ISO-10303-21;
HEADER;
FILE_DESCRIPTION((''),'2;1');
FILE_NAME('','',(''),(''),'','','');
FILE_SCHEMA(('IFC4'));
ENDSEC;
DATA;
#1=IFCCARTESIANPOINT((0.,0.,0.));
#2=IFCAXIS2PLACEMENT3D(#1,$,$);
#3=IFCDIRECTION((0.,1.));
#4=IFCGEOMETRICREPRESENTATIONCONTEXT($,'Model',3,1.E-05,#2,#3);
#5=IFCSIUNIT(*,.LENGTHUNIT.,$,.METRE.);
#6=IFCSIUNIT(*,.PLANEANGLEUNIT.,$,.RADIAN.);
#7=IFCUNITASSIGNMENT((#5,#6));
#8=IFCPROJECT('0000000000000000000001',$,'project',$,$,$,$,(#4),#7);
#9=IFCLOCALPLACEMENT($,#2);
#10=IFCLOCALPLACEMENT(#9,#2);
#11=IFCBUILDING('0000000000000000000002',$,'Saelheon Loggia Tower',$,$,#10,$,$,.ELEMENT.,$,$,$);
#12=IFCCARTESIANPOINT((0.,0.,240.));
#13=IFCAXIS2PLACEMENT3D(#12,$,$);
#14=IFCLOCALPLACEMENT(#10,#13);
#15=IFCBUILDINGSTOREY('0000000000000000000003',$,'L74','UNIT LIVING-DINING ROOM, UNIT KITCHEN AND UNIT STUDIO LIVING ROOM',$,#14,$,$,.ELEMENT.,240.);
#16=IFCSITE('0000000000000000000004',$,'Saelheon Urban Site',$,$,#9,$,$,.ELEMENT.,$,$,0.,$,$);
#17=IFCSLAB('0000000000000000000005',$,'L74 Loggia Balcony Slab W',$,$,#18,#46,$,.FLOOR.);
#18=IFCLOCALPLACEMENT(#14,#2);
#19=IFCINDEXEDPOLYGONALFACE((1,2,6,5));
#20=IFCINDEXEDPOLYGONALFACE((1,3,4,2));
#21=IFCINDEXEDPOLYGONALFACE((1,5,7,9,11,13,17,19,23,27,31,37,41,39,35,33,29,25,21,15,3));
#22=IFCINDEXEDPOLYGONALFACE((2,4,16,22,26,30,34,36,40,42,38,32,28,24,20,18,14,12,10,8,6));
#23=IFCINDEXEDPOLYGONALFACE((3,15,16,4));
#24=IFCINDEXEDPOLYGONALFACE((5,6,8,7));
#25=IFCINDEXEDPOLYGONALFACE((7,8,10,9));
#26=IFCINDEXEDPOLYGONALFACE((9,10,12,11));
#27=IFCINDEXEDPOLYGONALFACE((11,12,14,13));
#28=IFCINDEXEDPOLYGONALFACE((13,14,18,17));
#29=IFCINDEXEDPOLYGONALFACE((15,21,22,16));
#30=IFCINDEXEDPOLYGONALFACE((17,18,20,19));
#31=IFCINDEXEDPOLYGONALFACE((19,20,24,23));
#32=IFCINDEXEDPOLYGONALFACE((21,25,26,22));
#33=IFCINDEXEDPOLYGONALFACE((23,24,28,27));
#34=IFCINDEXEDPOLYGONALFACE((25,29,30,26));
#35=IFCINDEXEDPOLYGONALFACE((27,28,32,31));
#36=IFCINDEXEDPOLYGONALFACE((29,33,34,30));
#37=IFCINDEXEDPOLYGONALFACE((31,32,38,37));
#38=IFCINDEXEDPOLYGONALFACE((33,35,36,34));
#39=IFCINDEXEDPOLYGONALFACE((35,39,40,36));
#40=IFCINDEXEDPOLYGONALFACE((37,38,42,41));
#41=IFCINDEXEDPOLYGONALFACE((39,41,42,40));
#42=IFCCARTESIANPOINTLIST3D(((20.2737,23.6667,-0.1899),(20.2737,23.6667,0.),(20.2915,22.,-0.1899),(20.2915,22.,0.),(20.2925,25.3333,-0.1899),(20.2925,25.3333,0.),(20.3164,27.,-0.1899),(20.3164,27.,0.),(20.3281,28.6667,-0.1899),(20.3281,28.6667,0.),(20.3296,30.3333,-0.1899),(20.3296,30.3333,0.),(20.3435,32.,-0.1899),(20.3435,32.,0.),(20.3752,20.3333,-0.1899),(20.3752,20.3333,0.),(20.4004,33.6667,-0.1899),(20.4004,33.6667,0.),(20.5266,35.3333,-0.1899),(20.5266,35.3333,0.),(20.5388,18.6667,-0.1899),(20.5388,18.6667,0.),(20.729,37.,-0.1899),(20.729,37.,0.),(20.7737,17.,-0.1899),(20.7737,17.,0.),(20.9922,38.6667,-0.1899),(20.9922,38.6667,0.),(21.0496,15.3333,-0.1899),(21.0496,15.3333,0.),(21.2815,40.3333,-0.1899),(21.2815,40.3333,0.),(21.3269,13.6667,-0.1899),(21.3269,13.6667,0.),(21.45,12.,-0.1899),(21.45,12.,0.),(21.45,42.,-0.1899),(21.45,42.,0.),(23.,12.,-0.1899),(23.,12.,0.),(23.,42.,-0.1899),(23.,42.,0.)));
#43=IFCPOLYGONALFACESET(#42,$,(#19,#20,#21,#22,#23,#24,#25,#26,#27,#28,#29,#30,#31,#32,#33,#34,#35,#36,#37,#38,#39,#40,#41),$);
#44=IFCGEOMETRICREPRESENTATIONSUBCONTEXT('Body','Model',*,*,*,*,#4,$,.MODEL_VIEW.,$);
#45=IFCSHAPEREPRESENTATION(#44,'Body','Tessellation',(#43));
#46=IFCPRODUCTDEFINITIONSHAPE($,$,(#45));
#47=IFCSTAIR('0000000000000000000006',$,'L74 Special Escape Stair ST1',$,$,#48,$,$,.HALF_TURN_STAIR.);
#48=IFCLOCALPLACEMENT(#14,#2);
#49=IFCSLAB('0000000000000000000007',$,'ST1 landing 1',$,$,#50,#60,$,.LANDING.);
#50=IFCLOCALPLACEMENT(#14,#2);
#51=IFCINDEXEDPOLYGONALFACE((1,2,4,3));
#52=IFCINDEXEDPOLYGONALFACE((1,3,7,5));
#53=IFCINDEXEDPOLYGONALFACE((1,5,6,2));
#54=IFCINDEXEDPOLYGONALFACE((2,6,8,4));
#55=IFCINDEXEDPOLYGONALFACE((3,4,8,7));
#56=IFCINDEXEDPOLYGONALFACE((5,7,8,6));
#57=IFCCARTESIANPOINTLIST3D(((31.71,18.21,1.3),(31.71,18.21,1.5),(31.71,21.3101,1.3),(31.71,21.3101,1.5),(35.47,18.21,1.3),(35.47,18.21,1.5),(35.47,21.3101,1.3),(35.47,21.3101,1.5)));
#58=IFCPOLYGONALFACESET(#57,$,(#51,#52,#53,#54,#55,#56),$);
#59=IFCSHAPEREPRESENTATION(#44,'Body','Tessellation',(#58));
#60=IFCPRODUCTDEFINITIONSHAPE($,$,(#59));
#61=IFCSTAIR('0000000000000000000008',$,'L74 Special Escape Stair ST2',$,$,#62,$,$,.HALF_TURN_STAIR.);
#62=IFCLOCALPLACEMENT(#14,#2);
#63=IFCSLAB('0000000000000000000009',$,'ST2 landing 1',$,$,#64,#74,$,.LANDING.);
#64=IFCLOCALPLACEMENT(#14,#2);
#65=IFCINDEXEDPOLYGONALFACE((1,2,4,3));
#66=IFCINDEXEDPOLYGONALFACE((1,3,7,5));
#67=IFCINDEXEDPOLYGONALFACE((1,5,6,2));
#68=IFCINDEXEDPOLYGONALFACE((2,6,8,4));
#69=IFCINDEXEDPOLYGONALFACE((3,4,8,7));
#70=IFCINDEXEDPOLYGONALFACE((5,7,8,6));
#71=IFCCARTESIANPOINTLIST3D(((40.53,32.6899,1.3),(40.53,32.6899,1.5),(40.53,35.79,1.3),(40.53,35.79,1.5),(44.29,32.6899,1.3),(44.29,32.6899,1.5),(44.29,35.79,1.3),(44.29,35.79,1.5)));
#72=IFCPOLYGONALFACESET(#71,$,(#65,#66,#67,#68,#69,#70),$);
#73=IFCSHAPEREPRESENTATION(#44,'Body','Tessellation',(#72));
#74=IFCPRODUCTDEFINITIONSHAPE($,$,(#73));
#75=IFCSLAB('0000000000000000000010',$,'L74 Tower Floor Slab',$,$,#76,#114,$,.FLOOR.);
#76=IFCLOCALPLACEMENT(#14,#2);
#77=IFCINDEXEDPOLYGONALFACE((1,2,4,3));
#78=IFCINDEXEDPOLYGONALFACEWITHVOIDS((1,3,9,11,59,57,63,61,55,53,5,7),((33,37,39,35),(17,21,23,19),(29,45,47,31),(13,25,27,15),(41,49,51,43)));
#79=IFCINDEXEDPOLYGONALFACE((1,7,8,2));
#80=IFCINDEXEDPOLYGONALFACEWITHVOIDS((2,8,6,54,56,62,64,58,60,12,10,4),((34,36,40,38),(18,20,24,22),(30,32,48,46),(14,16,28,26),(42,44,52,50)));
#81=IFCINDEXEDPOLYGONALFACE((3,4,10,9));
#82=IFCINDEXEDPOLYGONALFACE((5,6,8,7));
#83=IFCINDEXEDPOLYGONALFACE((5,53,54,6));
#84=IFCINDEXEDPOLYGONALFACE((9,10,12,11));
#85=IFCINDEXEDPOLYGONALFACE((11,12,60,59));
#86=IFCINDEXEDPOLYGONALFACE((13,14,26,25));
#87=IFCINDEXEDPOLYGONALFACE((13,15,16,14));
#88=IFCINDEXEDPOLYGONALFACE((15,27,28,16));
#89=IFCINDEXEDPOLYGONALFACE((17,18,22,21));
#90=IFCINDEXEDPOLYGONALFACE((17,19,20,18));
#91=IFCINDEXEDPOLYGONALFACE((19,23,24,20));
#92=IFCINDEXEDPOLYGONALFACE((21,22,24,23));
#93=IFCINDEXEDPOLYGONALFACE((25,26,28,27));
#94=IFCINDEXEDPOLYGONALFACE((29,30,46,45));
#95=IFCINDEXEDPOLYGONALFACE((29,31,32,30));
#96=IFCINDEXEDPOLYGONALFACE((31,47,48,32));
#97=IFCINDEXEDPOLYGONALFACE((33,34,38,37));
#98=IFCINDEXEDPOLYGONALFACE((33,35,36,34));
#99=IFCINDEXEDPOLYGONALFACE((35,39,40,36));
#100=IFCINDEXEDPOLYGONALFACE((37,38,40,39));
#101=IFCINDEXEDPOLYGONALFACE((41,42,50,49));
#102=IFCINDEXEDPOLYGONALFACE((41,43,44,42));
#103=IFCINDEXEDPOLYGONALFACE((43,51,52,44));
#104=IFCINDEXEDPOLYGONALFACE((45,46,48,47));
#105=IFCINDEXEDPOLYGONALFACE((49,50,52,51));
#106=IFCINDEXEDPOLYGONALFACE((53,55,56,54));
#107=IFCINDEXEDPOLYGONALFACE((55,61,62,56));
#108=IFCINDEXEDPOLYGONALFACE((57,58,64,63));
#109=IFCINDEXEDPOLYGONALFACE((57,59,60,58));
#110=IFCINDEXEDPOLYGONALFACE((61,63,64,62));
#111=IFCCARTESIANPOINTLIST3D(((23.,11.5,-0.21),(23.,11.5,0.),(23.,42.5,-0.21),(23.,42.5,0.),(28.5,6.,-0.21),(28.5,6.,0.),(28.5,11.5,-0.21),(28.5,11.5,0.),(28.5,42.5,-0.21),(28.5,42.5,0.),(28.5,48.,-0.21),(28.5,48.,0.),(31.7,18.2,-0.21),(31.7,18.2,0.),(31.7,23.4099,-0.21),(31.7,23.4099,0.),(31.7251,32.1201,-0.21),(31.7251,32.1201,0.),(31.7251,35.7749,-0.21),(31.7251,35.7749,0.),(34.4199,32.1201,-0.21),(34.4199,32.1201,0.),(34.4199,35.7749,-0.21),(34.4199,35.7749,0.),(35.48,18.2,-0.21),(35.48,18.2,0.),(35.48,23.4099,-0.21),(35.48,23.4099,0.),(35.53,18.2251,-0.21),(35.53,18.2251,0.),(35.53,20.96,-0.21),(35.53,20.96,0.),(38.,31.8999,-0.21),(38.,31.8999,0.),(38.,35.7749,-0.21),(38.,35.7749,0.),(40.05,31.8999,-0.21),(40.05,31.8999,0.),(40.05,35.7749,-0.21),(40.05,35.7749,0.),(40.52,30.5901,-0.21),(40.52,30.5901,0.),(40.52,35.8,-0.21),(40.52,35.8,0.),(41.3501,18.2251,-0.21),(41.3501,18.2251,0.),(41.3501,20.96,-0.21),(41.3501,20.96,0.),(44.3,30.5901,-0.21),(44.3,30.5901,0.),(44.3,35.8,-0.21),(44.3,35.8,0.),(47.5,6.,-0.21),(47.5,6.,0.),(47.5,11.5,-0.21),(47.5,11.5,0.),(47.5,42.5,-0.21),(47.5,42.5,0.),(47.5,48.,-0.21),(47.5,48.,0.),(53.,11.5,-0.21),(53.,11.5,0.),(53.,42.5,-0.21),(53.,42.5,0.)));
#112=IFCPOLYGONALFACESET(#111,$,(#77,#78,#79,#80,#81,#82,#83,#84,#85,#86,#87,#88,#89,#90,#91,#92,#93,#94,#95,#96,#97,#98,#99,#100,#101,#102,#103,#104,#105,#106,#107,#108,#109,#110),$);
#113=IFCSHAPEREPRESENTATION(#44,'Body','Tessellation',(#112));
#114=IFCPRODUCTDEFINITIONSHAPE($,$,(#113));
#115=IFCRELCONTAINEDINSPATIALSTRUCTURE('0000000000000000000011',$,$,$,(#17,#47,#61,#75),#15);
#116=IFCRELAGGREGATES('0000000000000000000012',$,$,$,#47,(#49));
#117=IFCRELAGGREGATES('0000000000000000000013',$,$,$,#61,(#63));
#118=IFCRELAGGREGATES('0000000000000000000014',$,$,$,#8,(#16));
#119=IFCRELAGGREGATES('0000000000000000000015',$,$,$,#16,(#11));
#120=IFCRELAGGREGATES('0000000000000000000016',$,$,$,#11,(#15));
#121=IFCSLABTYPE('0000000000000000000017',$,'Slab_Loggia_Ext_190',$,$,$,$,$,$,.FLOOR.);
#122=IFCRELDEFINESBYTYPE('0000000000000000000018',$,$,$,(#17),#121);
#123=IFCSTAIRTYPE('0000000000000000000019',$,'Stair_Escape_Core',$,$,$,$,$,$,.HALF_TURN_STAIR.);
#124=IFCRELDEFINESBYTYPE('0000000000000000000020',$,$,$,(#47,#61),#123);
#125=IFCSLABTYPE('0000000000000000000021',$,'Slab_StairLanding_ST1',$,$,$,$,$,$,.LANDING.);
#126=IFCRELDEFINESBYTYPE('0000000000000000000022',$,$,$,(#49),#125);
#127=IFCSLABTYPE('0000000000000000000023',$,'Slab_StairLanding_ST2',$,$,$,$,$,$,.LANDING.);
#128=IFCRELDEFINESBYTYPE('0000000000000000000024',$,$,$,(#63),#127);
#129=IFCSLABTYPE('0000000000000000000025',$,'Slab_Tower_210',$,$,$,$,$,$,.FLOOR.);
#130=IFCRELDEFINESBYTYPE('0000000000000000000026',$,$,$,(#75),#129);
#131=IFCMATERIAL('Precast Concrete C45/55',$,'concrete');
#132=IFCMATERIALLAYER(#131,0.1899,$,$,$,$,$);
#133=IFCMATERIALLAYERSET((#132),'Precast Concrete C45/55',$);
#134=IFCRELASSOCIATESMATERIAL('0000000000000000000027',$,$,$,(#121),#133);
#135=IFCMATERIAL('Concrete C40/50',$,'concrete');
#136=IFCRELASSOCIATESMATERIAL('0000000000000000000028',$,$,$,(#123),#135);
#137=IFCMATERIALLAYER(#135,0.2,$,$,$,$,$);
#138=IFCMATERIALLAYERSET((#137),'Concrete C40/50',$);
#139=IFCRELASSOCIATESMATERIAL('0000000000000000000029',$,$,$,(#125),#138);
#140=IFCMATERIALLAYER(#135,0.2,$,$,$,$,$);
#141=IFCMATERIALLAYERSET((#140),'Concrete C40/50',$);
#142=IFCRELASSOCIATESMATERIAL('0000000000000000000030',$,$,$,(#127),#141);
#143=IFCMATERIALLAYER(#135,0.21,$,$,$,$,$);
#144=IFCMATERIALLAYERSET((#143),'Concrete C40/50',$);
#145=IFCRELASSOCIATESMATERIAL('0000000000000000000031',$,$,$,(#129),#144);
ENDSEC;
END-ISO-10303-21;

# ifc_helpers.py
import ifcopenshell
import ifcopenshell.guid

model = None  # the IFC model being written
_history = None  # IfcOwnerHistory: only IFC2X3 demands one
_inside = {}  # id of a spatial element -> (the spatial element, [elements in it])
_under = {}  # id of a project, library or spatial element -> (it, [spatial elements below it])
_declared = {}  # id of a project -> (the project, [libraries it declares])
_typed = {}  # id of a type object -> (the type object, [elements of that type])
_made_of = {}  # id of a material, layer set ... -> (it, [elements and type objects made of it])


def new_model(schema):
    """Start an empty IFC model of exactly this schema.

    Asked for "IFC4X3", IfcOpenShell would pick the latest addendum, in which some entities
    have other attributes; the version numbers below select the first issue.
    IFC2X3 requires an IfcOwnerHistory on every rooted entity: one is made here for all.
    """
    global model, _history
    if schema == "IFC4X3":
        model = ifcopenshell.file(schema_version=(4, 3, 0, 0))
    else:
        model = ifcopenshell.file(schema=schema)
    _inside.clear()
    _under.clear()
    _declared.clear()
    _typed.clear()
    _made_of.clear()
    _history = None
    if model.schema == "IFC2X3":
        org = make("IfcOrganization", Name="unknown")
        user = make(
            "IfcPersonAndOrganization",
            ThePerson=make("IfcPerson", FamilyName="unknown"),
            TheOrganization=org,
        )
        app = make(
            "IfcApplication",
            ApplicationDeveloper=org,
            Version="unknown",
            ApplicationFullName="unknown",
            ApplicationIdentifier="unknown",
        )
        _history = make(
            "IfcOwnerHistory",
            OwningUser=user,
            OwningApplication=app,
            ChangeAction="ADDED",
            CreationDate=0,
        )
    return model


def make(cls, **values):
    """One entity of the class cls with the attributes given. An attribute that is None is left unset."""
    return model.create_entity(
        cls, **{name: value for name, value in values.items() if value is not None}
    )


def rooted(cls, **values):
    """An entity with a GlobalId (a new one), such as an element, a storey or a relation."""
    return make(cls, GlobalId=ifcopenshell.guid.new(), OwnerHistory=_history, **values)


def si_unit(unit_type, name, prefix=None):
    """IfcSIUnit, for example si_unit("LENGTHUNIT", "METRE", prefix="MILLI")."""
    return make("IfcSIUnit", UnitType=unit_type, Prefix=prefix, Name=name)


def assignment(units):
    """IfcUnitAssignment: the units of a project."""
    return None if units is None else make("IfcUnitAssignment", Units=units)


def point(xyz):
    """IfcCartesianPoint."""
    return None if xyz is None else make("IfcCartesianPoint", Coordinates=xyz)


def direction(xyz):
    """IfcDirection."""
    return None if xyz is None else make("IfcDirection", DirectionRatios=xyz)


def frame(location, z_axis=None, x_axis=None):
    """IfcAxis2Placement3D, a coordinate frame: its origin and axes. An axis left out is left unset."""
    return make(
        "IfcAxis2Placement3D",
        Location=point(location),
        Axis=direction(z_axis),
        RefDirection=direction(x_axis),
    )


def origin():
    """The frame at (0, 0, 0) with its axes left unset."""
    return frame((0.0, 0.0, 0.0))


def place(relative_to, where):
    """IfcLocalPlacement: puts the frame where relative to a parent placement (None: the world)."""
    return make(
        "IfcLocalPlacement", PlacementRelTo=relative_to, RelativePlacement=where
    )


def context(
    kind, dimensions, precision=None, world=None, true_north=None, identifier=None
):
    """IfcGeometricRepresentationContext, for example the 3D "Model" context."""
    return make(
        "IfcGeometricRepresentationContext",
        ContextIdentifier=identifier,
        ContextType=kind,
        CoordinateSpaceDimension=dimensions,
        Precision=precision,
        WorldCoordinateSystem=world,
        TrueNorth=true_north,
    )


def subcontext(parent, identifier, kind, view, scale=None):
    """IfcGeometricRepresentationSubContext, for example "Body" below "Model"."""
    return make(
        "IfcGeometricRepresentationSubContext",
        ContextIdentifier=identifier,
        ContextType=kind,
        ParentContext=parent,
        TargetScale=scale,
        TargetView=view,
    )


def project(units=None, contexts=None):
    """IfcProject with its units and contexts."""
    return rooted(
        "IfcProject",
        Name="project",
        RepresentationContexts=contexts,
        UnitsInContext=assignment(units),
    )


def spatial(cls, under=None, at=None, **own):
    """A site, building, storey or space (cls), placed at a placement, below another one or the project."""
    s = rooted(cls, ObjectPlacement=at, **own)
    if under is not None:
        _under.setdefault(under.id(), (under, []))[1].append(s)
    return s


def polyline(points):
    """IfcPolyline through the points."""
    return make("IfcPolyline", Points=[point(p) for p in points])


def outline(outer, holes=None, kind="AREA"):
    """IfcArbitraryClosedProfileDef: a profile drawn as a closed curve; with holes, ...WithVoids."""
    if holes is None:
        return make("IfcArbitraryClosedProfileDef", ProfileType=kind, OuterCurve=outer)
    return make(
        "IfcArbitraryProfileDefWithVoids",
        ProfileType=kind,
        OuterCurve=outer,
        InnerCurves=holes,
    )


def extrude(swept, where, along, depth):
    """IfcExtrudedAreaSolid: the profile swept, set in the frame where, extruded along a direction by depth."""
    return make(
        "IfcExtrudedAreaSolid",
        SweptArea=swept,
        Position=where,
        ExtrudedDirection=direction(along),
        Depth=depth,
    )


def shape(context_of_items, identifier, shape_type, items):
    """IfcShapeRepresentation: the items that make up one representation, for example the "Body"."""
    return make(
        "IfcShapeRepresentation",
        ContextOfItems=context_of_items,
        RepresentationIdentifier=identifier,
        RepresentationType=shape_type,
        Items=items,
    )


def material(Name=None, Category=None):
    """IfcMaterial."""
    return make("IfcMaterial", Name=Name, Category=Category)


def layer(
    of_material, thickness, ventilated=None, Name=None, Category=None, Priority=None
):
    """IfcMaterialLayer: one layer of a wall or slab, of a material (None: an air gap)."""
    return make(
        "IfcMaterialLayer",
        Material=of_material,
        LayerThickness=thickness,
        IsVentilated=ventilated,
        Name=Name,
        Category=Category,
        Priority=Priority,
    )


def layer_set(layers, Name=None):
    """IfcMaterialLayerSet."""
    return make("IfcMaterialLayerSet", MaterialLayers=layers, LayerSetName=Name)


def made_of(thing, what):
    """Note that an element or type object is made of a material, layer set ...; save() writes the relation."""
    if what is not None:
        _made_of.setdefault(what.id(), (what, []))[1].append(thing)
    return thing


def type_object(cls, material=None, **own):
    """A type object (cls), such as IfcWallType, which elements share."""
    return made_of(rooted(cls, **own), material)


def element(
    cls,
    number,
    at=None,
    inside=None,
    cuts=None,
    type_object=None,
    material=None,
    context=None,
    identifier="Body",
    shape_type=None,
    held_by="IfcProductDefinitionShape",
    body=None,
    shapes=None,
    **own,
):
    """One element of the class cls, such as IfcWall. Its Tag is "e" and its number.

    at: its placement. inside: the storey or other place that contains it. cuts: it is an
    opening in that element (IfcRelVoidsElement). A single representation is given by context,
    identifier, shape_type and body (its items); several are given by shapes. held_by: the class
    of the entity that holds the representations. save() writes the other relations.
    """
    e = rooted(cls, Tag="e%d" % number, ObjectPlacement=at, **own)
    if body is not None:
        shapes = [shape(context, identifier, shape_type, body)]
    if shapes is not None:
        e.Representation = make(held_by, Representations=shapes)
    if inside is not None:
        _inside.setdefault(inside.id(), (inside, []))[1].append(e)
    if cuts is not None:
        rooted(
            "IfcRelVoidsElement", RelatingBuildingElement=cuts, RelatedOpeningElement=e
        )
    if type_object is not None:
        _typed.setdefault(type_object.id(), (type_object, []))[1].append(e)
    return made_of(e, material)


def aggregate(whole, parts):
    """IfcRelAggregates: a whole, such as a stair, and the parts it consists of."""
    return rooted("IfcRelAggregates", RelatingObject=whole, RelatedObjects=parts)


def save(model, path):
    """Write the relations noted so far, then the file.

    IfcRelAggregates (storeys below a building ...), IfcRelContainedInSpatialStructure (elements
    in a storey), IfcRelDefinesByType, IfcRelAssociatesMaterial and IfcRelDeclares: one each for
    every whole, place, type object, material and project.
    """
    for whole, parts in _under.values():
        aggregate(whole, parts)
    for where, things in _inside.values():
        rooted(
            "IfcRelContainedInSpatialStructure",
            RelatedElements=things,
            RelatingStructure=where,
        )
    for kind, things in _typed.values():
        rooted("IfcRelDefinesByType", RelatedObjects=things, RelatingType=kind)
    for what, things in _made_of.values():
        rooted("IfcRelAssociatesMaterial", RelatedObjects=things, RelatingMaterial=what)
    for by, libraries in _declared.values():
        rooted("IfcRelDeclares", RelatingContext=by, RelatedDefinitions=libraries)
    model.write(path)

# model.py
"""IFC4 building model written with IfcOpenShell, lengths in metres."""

from ifc_helpers import new_model, si_unit, direction, frame, origin, place, context, subcontext, project, spatial, polyline, outline, extrude, material, layer, layer_set, type_object, element, aggregate, save


model = new_model("IFC4")

# Units and contexts
model_context = context("Model", 3, precision=1e-05, world=origin(), true_north=direction((0.0, 1.0)))
body_context = subcontext(model_context, "Body", "Model", "MODEL_VIEW")
ifc_project = project(units=[si_unit("LENGTHUNIT", "METRE"), si_unit("PLANEANGLEUNIT", "RADIAN")], contexts=[model_context])

# Site, building, storey
site_placement = place(None, origin())
site = spatial("IfcSite", under=ifc_project, at=site_placement, Name="Saelheon Urban Site", CompositionType="ELEMENT", RefElevation=0.0)
building_placement = place(site_placement, origin())
building = spatial("IfcBuilding", under=site, at=building_placement, Name="Saelheon Loggia Tower", CompositionType="ELEMENT")
storey_placement = place(building_placement, frame((0.0, 0.0, 240.0)))
storey = spatial("IfcBuildingStorey", under=building, at=storey_placement, Name="L74", Description="UNIT LIVING-DINING ROOM, UNIT KITCHEN AND UNIT STUDIO LIVING ROOM", CompositionType="ELEMENT", Elevation=240.0)

# Shared definitions
ifc_material_1 = material(Name="Precast Concrete C45/55", Category="concrete")

# Shared definitions
ifc_material_2 = material(Name="Concrete C40/50", Category="concrete")

# Slab
ifc_layer_1 = layer(ifc_material_1, 0.1899)
ifc_layer_set_1 = layer_set([ifc_layer_1], Name="Precast Concrete C45/55")
slab_type_1 = type_object("IfcSlabType", Name="Slab_Loggia_Ext_190", PredefinedType="FLOOR", material=ifc_layer_set_1)
slab_1_placement = place(storey_placement, frame((0.0, 0.0, -0.1899)))
element("IfcSlab", 1, at=slab_1_placement, inside=storey, type_object=slab_type_1, Name="L74 Loggia Balcony Slab W", PredefinedType="FLOOR", context=body_context, shape_type="SweptSolid", body=[
    extrude(outline(polyline([(23.0, 12.0), (23.0, 42.0), (21.45, 42.0), (21.2815, 40.3333), (20.9922, 38.6667), (20.729, 37.0), (20.5266, 35.3333), (20.4004, 33.6667), (20.3435, 32.0), (20.3296, 30.3333), (20.3281, 28.6667), (20.3164, 27.0), (20.2925, 25.3333), (20.2737, 23.6667), (20.2915, 22.0), (20.3752, 20.3333), (20.5388, 18.6667), (20.7737, 17.0), (21.0496, 15.3333), (21.3269, 13.6667), (21.45, 12.0), (23.0, 12.0)])), origin(), (0.0, 0.0, 1.0), 0.1899),
])

# Stairs, slabs
stair_type = type_object("IfcStairType", Name="Stair_Escape_Core", PredefinedType="HALF_TURN_STAIR", material=ifc_material_2)
stair_1_placement = place(storey_placement, origin())
stair_1 = element("IfcStair", 2, at=stair_1_placement, inside=storey, type_object=stair_type, Name="L74 Special Escape Stair ST1", PredefinedType="HALF_TURN_STAIR")
ifc_layer_2 = layer(ifc_material_2, 0.2)
ifc_layer_set_2 = layer_set([ifc_layer_2], Name="Concrete C40/50")
slab_type_2 = type_object("IfcSlabType", Name="Slab_StairLanding_ST1", PredefinedType="LANDING", material=ifc_layer_set_2)
slab_2_placement = place(storey_placement, frame((0.0, 0.0, 1.3)))
slab_2 = element("IfcSlab", 3, at=slab_2_placement, type_object=slab_type_2, Name="ST1 landing 1", PredefinedType="LANDING", context=body_context, shape_type="SweptSolid", body=[
    extrude(outline(polyline([(31.71, 21.3101), (31.71, 18.21), (35.47, 18.21), (35.47, 21.3101), (31.71, 21.3101)])), origin(), (0.0, 0.0, 1.0), 0.2),
])
aggregate(stair_1, [slab_2])
stair_2_placement = place(storey_placement, origin())
stair_2 = element("IfcStair", 4, at=stair_2_placement, inside=storey, type_object=stair_type, Name="L74 Special Escape Stair ST2", PredefinedType="HALF_TURN_STAIR")
ifc_layer_3 = layer(ifc_material_2, 0.2)
ifc_layer_set_3 = layer_set([ifc_layer_3], Name="Concrete C40/50")
slab_type_3 = type_object("IfcSlabType", Name="Slab_StairLanding_ST2", PredefinedType="LANDING", material=ifc_layer_set_3)
slab_3_placement = place(storey_placement, frame((0.0, 0.0, 1.3)))
slab_3 = element("IfcSlab", 5, at=slab_3_placement, type_object=slab_type_3, Name="ST2 landing 1", PredefinedType="LANDING", context=body_context, shape_type="SweptSolid", body=[
    extrude(outline(polyline([(44.29, 32.6899), (44.29, 35.79), (40.53, 35.79), (40.53, 32.6899), (44.29, 32.6899)])), origin(), (0.0, 0.0, 1.0), 0.2),
])
aggregate(stair_2, [slab_3])

# Slab
ifc_layer_4 = layer(ifc_material_2, 0.21)
ifc_layer_set_4 = layer_set([ifc_layer_4], Name="Concrete C40/50")
slab_type_4 = type_object("IfcSlabType", Name="Slab_Tower_210", PredefinedType="FLOOR", material=ifc_layer_set_4)
slab_4_placement = place(storey_placement, frame((0.0, 0.0, -0.21)))
element("IfcSlab", 6, at=slab_4_placement, inside=storey, type_object=slab_type_4, Name="L74 Tower Floor Slab", PredefinedType="FLOOR", context=body_context, shape_type="SweptSolid", body=[
    extrude(outline(polyline([(28.5, 6.0), (47.5, 6.0), (47.5, 11.5), (53.0, 11.5), (53.0, 42.5), (47.5, 42.5), (47.5, 48.0), (28.5, 48.0), (28.5, 42.5), (23.0, 42.5), (23.0, 11.5), (28.5, 11.5), (28.5, 6.0)]), holes=[polyline([(31.7, 23.4099), (31.7, 18.2), (35.48, 18.2), (35.48, 23.4099), (31.7, 23.4099)]), polyline([(44.3, 30.5901), (44.3, 35.8), (40.52, 35.8), (40.52, 30.5901), (44.3, 30.5901)]), polyline([(35.53, 18.2251), (41.3501, 18.2251), (41.3501, 20.96), (35.53, 20.96), (35.53, 18.2251)]), polyline([(31.7251, 32.1201), (34.4199, 32.1201), (34.4199, 35.7749), (31.7251, 35.7749), (31.7251, 32.1201)]), polyline([(38.0, 31.8999), (40.05, 31.8999), (40.05, 35.7749), (38.0, 35.7749), (38.0, 31.8999)])]), origin(), (0.0, 0.0, 1.0), 0.21),
])

save(model, "model.ifc")
